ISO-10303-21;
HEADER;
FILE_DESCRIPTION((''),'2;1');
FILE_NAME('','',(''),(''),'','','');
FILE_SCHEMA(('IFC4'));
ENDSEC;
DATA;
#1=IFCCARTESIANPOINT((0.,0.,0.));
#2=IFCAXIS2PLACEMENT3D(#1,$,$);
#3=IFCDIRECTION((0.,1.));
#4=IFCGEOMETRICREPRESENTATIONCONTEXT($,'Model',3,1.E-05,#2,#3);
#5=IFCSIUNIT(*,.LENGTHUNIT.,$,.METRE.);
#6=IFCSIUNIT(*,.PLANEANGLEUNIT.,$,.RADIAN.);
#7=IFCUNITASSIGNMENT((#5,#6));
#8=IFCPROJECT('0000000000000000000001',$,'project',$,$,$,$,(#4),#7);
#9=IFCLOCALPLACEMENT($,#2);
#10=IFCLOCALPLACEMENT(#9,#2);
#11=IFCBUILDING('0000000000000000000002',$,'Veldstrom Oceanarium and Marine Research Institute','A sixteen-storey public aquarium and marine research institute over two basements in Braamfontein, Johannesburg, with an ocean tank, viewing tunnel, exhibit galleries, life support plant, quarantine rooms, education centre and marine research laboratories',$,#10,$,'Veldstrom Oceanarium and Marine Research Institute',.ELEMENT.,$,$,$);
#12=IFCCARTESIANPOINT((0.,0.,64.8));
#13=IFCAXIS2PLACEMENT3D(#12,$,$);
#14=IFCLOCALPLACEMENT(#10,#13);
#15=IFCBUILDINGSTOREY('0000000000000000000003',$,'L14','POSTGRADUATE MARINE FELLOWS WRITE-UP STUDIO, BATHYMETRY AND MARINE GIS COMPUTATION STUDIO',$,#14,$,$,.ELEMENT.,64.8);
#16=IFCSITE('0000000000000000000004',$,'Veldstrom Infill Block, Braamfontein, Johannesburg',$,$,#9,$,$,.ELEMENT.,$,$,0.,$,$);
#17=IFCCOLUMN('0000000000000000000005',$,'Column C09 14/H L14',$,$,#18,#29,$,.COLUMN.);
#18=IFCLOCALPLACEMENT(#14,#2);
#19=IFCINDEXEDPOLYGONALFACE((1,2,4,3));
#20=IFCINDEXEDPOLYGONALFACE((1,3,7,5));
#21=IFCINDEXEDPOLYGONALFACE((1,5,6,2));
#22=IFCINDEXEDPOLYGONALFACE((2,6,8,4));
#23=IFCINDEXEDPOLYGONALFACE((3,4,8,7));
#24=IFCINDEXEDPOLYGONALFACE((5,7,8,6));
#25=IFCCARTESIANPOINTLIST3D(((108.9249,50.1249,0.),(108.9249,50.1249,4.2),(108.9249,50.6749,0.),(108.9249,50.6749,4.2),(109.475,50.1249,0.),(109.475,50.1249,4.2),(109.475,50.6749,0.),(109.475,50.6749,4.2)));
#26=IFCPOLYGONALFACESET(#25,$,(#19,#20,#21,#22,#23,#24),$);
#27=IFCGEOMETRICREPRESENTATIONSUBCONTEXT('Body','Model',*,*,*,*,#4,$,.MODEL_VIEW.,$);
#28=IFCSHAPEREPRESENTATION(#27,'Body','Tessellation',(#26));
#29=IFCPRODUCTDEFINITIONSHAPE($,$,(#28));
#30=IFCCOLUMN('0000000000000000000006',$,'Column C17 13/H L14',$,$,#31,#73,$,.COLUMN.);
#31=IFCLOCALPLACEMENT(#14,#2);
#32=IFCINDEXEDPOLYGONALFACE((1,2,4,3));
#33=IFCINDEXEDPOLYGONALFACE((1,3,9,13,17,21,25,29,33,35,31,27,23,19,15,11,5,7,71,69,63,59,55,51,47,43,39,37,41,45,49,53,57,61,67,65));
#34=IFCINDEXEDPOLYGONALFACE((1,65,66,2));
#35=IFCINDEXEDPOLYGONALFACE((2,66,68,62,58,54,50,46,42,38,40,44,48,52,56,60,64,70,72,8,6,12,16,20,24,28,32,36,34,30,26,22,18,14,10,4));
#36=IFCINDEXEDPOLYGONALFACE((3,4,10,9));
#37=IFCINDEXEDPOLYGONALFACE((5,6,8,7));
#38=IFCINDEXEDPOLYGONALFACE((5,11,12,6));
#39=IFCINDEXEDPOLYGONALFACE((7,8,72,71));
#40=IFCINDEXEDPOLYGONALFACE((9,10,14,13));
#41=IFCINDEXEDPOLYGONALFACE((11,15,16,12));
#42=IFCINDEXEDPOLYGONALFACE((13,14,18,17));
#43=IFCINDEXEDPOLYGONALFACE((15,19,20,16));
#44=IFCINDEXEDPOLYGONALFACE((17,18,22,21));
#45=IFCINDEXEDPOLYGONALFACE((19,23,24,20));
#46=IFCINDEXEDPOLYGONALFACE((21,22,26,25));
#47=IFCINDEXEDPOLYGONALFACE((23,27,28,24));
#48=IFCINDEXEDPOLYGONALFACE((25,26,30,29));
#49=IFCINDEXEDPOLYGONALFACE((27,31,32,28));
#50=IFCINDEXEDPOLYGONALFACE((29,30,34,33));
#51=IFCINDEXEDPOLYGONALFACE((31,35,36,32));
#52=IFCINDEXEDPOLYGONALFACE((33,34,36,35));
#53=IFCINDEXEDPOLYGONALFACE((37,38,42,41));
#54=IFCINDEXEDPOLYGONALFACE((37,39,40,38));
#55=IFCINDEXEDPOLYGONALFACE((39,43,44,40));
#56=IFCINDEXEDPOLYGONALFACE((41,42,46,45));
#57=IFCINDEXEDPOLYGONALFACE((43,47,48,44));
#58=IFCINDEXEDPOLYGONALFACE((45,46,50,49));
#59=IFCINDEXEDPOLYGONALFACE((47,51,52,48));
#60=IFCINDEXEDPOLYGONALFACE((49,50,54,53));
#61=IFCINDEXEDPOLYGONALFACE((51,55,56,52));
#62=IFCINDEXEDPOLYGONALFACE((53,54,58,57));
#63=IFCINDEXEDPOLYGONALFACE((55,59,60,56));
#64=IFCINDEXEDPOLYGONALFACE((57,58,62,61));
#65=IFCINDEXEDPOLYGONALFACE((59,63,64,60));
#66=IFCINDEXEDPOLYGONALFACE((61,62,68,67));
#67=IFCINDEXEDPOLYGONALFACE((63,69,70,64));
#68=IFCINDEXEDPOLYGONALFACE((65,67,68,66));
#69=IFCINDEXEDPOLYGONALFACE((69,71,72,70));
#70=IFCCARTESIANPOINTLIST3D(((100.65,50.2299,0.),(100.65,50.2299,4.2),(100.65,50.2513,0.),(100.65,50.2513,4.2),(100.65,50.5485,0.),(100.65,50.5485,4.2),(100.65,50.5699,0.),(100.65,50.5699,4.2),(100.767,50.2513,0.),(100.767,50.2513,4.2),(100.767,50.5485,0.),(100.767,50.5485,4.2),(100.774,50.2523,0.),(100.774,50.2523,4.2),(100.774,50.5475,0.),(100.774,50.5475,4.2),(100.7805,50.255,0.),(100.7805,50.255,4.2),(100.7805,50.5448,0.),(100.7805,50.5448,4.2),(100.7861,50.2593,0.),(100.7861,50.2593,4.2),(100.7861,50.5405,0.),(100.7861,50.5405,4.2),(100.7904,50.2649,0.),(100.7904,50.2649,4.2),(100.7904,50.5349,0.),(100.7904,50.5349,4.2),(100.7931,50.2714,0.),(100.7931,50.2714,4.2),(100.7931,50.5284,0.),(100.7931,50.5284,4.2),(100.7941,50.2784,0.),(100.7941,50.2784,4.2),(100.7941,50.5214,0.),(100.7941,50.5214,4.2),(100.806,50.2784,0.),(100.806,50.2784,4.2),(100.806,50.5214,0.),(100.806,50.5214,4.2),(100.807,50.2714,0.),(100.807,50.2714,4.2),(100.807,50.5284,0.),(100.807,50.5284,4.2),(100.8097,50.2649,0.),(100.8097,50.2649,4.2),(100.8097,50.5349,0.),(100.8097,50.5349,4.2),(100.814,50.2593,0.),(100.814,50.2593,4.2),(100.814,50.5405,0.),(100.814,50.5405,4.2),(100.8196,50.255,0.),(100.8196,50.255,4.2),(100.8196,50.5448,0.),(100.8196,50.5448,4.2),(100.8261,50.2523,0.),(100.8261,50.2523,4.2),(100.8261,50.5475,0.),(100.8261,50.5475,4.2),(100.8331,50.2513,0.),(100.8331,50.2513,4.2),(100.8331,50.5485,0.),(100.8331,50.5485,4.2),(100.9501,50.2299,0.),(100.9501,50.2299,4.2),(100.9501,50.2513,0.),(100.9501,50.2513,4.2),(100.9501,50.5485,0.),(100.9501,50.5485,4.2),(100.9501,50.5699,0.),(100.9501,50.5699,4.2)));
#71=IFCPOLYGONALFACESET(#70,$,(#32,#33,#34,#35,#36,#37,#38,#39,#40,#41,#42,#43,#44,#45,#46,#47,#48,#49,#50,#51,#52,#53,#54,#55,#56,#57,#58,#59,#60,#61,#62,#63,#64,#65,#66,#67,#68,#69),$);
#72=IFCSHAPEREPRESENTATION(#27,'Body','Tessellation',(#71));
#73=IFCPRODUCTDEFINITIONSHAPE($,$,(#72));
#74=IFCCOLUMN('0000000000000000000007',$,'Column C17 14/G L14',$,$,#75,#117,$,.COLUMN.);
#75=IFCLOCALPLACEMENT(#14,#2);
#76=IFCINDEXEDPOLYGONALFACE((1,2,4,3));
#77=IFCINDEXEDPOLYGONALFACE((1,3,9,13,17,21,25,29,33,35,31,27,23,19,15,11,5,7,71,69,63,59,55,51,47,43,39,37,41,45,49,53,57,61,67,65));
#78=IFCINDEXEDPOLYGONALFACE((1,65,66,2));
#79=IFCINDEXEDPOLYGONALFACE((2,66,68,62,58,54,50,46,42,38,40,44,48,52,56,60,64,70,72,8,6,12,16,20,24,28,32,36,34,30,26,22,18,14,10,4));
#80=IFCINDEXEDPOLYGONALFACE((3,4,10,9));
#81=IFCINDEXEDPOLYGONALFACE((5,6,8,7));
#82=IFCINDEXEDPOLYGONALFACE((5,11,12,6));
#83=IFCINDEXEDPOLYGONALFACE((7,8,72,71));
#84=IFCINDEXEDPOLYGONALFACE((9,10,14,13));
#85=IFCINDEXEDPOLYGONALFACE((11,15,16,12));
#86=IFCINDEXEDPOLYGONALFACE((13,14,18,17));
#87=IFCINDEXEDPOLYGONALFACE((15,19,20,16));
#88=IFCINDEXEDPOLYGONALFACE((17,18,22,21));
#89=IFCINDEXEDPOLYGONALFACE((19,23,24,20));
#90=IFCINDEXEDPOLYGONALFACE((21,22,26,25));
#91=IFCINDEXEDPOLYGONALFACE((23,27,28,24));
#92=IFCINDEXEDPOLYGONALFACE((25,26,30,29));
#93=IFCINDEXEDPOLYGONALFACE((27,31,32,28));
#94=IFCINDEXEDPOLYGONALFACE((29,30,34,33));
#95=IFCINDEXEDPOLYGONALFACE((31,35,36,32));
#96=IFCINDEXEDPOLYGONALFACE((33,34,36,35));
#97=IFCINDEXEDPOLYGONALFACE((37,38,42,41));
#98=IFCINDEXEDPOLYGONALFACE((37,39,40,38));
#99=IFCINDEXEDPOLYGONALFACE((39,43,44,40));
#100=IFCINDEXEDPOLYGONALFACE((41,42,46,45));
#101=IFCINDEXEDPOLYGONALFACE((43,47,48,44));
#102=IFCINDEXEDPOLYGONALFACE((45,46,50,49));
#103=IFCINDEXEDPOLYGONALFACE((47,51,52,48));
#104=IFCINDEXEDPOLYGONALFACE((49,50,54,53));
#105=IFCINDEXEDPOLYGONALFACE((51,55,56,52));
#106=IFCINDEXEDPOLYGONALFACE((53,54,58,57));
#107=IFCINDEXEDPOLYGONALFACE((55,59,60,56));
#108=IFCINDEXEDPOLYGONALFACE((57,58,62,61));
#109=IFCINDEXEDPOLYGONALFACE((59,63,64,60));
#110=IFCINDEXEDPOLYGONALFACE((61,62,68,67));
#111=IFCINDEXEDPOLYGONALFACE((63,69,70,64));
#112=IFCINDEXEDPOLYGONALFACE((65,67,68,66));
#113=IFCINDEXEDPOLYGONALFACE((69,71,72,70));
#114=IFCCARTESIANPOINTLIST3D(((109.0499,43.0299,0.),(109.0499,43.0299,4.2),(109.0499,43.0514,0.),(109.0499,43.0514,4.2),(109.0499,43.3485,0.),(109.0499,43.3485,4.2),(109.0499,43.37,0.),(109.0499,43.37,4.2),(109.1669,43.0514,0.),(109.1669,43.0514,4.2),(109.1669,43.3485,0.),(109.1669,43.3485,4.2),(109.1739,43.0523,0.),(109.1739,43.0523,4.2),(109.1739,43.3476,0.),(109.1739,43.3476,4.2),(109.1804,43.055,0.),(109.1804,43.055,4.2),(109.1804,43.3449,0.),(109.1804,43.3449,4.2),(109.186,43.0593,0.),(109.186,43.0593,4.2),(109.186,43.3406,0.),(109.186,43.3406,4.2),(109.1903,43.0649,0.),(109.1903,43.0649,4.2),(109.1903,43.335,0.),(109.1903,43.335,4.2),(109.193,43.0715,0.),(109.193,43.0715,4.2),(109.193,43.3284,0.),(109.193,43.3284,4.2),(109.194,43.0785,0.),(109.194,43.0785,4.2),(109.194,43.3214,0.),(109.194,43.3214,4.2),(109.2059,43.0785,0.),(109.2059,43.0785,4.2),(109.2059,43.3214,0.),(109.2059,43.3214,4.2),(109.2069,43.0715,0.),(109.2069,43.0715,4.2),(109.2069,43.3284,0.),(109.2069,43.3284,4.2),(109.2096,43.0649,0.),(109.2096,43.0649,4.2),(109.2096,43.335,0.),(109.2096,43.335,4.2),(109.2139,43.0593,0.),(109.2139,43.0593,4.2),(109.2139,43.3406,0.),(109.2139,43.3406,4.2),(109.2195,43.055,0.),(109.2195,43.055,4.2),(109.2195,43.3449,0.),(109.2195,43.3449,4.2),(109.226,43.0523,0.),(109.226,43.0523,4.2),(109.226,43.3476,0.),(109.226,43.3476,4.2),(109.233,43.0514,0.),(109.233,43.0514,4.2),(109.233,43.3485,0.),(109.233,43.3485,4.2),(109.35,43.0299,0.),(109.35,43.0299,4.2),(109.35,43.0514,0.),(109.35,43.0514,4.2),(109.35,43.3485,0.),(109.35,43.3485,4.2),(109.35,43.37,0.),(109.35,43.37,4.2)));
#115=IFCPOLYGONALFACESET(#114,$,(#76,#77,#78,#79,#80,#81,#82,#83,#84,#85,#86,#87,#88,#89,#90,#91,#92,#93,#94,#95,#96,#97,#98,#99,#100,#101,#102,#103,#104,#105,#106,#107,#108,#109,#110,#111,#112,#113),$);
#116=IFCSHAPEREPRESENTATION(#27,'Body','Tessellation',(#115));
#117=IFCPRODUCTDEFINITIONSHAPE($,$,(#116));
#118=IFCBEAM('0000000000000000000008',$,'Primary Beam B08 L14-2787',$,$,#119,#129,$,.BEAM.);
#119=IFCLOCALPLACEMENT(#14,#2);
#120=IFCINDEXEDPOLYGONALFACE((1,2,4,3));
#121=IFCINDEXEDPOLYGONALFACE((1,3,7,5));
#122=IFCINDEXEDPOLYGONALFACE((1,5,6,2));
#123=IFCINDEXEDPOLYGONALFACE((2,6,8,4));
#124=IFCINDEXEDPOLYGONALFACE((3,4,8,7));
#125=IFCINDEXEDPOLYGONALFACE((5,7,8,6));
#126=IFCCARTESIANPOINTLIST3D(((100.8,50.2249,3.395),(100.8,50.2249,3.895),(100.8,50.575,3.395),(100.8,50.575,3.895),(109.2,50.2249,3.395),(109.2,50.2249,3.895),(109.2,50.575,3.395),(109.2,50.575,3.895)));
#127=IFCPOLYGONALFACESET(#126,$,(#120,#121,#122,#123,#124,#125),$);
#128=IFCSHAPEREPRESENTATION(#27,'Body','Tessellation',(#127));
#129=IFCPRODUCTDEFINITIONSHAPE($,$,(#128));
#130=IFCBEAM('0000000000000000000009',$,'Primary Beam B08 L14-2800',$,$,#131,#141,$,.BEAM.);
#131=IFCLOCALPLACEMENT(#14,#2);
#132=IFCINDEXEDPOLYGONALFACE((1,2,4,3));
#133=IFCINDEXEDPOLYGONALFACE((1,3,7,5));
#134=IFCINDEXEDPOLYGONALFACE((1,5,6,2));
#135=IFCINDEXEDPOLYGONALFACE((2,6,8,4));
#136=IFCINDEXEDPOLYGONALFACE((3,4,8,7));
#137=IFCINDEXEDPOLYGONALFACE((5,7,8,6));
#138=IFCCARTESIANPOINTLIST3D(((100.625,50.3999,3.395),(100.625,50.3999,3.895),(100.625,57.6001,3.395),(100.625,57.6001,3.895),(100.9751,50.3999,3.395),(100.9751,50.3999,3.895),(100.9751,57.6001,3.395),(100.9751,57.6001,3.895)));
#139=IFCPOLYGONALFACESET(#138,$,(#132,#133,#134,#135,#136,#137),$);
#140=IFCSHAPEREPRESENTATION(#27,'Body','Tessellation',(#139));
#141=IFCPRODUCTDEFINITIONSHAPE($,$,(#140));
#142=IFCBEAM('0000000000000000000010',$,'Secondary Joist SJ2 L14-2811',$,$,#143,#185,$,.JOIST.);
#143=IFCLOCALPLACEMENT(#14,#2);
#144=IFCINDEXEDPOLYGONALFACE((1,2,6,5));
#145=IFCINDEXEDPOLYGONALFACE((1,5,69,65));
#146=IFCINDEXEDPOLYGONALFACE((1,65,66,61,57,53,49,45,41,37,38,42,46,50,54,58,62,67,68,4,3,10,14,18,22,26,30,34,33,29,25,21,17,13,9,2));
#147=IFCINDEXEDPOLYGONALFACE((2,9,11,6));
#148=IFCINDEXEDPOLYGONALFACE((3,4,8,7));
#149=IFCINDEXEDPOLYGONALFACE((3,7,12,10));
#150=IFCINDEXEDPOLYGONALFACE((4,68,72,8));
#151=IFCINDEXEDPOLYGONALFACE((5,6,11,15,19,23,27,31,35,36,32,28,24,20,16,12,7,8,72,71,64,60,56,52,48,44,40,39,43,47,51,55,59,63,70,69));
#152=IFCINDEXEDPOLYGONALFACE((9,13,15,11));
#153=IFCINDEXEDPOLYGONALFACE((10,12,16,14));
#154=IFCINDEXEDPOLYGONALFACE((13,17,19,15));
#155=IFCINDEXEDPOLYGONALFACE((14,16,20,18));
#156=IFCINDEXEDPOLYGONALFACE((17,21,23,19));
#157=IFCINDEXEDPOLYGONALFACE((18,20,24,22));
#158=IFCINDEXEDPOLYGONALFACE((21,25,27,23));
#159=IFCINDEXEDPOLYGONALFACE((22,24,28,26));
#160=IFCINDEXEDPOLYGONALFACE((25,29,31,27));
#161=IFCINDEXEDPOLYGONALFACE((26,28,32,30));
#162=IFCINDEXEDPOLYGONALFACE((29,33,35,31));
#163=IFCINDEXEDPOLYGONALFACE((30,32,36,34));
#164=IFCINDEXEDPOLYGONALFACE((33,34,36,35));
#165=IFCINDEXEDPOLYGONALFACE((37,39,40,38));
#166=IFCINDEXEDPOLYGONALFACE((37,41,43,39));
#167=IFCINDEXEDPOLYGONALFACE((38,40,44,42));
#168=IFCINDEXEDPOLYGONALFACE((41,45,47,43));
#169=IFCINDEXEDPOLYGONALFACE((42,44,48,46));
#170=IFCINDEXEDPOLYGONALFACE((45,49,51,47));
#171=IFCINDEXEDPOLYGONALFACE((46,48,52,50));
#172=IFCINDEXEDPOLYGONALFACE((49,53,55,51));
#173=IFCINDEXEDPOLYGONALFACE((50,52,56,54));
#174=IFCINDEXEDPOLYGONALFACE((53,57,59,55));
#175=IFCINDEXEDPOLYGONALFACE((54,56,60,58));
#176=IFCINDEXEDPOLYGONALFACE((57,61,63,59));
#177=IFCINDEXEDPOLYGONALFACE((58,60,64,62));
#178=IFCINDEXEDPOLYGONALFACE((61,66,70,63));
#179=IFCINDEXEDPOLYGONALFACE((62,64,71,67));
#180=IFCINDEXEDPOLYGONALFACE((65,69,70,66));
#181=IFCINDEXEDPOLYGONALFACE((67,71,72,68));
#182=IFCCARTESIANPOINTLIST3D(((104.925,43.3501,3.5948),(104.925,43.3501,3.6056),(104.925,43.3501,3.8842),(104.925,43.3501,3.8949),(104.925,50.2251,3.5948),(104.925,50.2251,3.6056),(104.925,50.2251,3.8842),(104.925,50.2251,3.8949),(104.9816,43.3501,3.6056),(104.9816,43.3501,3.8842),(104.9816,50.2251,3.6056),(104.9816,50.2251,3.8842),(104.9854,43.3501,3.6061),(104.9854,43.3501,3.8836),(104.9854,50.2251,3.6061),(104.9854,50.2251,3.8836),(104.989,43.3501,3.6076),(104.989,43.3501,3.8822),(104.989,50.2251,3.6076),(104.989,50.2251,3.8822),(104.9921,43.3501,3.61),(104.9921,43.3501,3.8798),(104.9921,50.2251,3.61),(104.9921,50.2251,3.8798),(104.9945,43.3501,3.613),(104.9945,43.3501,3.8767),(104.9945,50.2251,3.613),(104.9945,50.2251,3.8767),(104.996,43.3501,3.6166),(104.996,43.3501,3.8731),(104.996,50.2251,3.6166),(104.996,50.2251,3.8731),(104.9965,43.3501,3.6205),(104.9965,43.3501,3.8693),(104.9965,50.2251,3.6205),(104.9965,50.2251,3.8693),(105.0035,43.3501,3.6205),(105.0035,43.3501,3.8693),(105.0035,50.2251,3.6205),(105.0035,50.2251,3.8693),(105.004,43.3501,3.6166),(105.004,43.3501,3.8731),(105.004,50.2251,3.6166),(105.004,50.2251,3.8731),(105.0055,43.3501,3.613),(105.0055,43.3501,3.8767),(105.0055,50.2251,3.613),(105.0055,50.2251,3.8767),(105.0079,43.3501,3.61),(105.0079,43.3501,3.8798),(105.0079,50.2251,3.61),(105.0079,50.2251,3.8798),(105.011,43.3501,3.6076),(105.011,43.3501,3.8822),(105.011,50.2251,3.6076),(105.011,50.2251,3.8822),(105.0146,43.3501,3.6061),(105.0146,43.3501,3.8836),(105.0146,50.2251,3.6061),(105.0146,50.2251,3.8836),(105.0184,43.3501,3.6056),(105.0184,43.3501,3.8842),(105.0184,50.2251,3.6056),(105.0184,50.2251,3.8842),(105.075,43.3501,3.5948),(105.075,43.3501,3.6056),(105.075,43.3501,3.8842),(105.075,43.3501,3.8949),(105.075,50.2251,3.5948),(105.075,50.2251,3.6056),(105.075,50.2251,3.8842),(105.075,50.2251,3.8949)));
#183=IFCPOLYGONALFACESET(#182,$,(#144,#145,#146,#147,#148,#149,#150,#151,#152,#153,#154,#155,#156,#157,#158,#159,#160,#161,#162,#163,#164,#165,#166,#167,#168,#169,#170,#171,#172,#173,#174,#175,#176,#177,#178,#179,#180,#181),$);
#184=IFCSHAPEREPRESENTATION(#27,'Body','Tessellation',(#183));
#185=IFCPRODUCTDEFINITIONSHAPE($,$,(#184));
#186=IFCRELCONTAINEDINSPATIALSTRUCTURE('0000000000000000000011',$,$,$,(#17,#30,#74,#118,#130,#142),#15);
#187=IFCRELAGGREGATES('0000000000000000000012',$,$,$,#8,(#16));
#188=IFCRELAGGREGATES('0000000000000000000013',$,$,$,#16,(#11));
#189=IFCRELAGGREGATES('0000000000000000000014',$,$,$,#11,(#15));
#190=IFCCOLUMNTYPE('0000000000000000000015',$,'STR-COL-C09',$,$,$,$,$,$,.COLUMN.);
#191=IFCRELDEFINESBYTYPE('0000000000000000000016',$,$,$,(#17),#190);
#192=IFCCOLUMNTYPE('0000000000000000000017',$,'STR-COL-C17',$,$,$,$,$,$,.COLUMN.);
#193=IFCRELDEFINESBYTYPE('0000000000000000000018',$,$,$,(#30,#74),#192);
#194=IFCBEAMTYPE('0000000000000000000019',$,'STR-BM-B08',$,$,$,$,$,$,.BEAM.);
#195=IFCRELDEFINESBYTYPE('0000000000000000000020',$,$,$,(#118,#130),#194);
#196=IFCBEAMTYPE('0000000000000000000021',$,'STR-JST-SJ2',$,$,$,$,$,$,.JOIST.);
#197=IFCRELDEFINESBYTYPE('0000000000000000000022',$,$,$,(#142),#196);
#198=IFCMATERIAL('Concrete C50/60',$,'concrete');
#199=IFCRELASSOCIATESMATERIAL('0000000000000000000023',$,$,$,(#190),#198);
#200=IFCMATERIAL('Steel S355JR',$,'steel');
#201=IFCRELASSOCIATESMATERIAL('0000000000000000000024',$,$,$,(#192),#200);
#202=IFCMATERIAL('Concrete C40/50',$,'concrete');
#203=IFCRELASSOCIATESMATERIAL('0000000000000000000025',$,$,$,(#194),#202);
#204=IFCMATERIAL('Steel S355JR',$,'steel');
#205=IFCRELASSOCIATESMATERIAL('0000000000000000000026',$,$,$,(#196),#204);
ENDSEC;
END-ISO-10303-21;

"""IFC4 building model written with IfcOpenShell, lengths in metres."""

from ifc_helpers import new_model, si_unit, direction, frame, origin, origin_2d, place, context, subcontext, project, spatial, rectangle, i_section, extrude, material, material_profile, profile_set, type_object, element, save


model = new_model("IFC4")

# Units and contexts
model_context = context("Model", 3, precision=1e-05, world=origin(), true_north=direction((0.0, 1.0)))
body_context = subcontext(model_context, "Body", "Model", "MODEL_VIEW")
ifc_project = project(units=[si_unit("LENGTHUNIT", "METRE"), si_unit("PLANEANGLEUNIT", "RADIAN")], contexts=[model_context])

# Site, building, storey
site_placement = place(None, origin())
site = spatial("IfcSite", under=ifc_project, at=site_placement, Name="Veldstrom Infill Block, Braamfontein, Johannesburg", CompositionType="ELEMENT", RefElevation=0.0)
building_placement = place(site_placement, origin())
building = spatial("IfcBuilding", under=site, at=building_placement, Name="Veldstrom Oceanarium and Marine Research Institute", Description="A sixteen-storey public aquarium and marine research institute over two basements in Braamfontein, Johannesburg, with an ocean tank, viewing tunnel, exhibit galleries, life support plant, quarantine rooms, education centre and marine research laboratories", LongName="Veldstrom Oceanarium and Marine Research Institute", CompositionType="ELEMENT")
storey_placement = place(building_placement, frame((0.0, 0.0, 64.8)))
storey = spatial("IfcBuildingStorey", under=building, at=storey_placement, Name="L14", Description="POSTGRADUATE MARINE FELLOWS WRITE-UP STUDIO, BATHYMETRY AND MARINE GIS COMPUTATION STUDIO", CompositionType="ELEMENT", Elevation=64.8)

# Columns
ifc_material_1 = material(Name="Concrete C50/60", Category="concrete")
ifc_material_profile_1 = material_profile(ifc_material_1, rectangle(XDim=0.55, YDim=0.55, at=origin_2d()), Name="RC-COL-550x550")
ifc_profile_set_1 = profile_set([ifc_material_profile_1], Name="Concrete C50/60")
column_type_1 = type_object("IfcColumnType", Name="STR-COL-C09", PredefinedType="COLUMN", material=ifc_profile_set_1)
column_placement = place(storey_placement, frame((109.2, 50.3999, 0.0), z_axis=(0.0, 0.0, 1.0), x_axis=(1.0, 0.0, 0.0)))
element("IfcColumn", 1, at=column_placement, inside=storey, type_object=column_type_1, Name="Column C09 14/H L14", PredefinedType="COLUMN", context=body_context, shape_type="SweptSolid", body=[
    extrude(rectangle(XDim=0.55, YDim=0.55, at=origin_2d()), origin(), (0.0, 0.0, 1.0), 4.2),
])
ifc_material_2 = material(Name="Steel S355JR", Category="steel")
ifc_material_profile_2 = material_profile(ifc_material_2, i_section(OverallWidth=0.3, OverallDepth=0.3401, WebThickness=0.012, FlangeThickness=0.0215, FilletRadius=0.0271, at=origin_2d()), Name="HEB 340")
ifc_profile_set_2 = profile_set([ifc_material_profile_2], Name="Steel S355JR")
column_type_2 = type_object("IfcColumnType", Name="STR-COL-C17", PredefinedType="COLUMN", material=ifc_profile_set_2)
for number, where, z_axis, x_axis, name in (
    (2, (100.8, 50.3999, 0.0), (0.0, 0.0, 1.0), (1.0, 0.0, 0.0), "Column C17 13/H L14"),
    (3, (109.2, 43.2, 0.0), (0.0, 0.0, 1.0), (1.0, 0.0, 0.0), "Column C17 14/G L14"),
):
    element("IfcColumn", number, at=place(storey_placement, frame(where, z_axis=z_axis, x_axis=x_axis)), inside=storey, type_object=column_type_2, Name=name, PredefinedType="COLUMN", context=body_context, shape_type="SweptSolid", body=[
        extrude(i_section(OverallWidth=0.3, OverallDepth=0.3401, WebThickness=0.012, FlangeThickness=0.0215, FilletRadius=0.0271, at=origin_2d()), origin(), (0.0, 0.0, 1.0), 4.2),
    ])

# Beams
ifc_material_3 = material(Name="Concrete C40/50", Category="concrete")
ifc_material_profile_3 = material_profile(ifc_material_3, rectangle(XDim=0.3501, YDim=0.5, at=origin_2d()), Name="RC-BM-350x500")
ifc_profile_set_3 = profile_set([ifc_material_profile_3], Name="Concrete C40/50")
beam_type_1 = type_object("IfcBeamType", Name="STR-BM-B08", PredefinedType="BEAM", material=ifc_profile_set_3)
beam_1_placement = place(storey_placement, frame((100.8, 50.3999, 3.645), z_axis=(1.0, 0.0, 0.0), x_axis=(0.0, 1.0, 0.0)))
element("IfcBeam", 4, at=beam_1_placement, inside=storey, type_object=beam_type_1, Name="Primary Beam B08 L14-2787", PredefinedType="BEAM", context=body_context, shape_type="SweptSolid", body=[
    extrude(rectangle(XDim=0.3501, YDim=0.5, at=origin_2d()), origin(), (0.0, 0.0, 1.0), 8.3999),
])
beam_2_placement = place(storey_placement, frame((100.8, 50.3999, 3.645), z_axis=(0.0, 1.0, 0.0), x_axis=(-1.0, 0.0, 0.0)))
element("IfcBeam", 5, at=beam_2_placement, inside=storey, type_object=beam_type_1, Name="Primary Beam B08 L14-2800", PredefinedType="BEAM", context=body_context, shape_type="SweptSolid", body=[
    extrude(rectangle(XDim=0.3501, YDim=0.5, at=origin_2d()), origin(), (0.0, 0.0, 1.0), 7.2002),
])
ifc_material_4 = material(Name="Steel S355JR", Category="steel")
ifc_material_profile_4 = material_profile(ifc_material_4, i_section(OverallWidth=0.1499, OverallDepth=0.3, WebThickness=0.0071, FlangeThickness=0.0107, FilletRadius=0.0149, at=origin_2d()), Name="IPE 300")
ifc_profile_set_4 = profile_set([ifc_material_profile_4], Name="Steel S355JR")
beam_type_2 = type_object("IfcBeamType", Name="STR-JST-SJ2", PredefinedType="JOIST", material=ifc_profile_set_4)
beam_3_placement = place(storey_placement, frame((105.0, 43.3501, 3.7449), z_axis=(0.0, 1.0, 0.0), x_axis=(-1.0, 0.0, 0.0)))
element("IfcBeam", 6, at=beam_3_placement, inside=storey, type_object=beam_type_2, Name="Secondary Joist SJ2 L14-2811", PredefinedType="JOIST", context=body_context, shape_type="SweptSolid", body=[
    extrude(i_section(OverallWidth=0.1499, OverallDepth=0.3, WebThickness=0.0071, FlangeThickness=0.0107, FilletRadius=0.0149, at=origin_2d()), origin(), (0.0, 0.0, 1.0), 6.875),
])

save(model, "model.ifc")
